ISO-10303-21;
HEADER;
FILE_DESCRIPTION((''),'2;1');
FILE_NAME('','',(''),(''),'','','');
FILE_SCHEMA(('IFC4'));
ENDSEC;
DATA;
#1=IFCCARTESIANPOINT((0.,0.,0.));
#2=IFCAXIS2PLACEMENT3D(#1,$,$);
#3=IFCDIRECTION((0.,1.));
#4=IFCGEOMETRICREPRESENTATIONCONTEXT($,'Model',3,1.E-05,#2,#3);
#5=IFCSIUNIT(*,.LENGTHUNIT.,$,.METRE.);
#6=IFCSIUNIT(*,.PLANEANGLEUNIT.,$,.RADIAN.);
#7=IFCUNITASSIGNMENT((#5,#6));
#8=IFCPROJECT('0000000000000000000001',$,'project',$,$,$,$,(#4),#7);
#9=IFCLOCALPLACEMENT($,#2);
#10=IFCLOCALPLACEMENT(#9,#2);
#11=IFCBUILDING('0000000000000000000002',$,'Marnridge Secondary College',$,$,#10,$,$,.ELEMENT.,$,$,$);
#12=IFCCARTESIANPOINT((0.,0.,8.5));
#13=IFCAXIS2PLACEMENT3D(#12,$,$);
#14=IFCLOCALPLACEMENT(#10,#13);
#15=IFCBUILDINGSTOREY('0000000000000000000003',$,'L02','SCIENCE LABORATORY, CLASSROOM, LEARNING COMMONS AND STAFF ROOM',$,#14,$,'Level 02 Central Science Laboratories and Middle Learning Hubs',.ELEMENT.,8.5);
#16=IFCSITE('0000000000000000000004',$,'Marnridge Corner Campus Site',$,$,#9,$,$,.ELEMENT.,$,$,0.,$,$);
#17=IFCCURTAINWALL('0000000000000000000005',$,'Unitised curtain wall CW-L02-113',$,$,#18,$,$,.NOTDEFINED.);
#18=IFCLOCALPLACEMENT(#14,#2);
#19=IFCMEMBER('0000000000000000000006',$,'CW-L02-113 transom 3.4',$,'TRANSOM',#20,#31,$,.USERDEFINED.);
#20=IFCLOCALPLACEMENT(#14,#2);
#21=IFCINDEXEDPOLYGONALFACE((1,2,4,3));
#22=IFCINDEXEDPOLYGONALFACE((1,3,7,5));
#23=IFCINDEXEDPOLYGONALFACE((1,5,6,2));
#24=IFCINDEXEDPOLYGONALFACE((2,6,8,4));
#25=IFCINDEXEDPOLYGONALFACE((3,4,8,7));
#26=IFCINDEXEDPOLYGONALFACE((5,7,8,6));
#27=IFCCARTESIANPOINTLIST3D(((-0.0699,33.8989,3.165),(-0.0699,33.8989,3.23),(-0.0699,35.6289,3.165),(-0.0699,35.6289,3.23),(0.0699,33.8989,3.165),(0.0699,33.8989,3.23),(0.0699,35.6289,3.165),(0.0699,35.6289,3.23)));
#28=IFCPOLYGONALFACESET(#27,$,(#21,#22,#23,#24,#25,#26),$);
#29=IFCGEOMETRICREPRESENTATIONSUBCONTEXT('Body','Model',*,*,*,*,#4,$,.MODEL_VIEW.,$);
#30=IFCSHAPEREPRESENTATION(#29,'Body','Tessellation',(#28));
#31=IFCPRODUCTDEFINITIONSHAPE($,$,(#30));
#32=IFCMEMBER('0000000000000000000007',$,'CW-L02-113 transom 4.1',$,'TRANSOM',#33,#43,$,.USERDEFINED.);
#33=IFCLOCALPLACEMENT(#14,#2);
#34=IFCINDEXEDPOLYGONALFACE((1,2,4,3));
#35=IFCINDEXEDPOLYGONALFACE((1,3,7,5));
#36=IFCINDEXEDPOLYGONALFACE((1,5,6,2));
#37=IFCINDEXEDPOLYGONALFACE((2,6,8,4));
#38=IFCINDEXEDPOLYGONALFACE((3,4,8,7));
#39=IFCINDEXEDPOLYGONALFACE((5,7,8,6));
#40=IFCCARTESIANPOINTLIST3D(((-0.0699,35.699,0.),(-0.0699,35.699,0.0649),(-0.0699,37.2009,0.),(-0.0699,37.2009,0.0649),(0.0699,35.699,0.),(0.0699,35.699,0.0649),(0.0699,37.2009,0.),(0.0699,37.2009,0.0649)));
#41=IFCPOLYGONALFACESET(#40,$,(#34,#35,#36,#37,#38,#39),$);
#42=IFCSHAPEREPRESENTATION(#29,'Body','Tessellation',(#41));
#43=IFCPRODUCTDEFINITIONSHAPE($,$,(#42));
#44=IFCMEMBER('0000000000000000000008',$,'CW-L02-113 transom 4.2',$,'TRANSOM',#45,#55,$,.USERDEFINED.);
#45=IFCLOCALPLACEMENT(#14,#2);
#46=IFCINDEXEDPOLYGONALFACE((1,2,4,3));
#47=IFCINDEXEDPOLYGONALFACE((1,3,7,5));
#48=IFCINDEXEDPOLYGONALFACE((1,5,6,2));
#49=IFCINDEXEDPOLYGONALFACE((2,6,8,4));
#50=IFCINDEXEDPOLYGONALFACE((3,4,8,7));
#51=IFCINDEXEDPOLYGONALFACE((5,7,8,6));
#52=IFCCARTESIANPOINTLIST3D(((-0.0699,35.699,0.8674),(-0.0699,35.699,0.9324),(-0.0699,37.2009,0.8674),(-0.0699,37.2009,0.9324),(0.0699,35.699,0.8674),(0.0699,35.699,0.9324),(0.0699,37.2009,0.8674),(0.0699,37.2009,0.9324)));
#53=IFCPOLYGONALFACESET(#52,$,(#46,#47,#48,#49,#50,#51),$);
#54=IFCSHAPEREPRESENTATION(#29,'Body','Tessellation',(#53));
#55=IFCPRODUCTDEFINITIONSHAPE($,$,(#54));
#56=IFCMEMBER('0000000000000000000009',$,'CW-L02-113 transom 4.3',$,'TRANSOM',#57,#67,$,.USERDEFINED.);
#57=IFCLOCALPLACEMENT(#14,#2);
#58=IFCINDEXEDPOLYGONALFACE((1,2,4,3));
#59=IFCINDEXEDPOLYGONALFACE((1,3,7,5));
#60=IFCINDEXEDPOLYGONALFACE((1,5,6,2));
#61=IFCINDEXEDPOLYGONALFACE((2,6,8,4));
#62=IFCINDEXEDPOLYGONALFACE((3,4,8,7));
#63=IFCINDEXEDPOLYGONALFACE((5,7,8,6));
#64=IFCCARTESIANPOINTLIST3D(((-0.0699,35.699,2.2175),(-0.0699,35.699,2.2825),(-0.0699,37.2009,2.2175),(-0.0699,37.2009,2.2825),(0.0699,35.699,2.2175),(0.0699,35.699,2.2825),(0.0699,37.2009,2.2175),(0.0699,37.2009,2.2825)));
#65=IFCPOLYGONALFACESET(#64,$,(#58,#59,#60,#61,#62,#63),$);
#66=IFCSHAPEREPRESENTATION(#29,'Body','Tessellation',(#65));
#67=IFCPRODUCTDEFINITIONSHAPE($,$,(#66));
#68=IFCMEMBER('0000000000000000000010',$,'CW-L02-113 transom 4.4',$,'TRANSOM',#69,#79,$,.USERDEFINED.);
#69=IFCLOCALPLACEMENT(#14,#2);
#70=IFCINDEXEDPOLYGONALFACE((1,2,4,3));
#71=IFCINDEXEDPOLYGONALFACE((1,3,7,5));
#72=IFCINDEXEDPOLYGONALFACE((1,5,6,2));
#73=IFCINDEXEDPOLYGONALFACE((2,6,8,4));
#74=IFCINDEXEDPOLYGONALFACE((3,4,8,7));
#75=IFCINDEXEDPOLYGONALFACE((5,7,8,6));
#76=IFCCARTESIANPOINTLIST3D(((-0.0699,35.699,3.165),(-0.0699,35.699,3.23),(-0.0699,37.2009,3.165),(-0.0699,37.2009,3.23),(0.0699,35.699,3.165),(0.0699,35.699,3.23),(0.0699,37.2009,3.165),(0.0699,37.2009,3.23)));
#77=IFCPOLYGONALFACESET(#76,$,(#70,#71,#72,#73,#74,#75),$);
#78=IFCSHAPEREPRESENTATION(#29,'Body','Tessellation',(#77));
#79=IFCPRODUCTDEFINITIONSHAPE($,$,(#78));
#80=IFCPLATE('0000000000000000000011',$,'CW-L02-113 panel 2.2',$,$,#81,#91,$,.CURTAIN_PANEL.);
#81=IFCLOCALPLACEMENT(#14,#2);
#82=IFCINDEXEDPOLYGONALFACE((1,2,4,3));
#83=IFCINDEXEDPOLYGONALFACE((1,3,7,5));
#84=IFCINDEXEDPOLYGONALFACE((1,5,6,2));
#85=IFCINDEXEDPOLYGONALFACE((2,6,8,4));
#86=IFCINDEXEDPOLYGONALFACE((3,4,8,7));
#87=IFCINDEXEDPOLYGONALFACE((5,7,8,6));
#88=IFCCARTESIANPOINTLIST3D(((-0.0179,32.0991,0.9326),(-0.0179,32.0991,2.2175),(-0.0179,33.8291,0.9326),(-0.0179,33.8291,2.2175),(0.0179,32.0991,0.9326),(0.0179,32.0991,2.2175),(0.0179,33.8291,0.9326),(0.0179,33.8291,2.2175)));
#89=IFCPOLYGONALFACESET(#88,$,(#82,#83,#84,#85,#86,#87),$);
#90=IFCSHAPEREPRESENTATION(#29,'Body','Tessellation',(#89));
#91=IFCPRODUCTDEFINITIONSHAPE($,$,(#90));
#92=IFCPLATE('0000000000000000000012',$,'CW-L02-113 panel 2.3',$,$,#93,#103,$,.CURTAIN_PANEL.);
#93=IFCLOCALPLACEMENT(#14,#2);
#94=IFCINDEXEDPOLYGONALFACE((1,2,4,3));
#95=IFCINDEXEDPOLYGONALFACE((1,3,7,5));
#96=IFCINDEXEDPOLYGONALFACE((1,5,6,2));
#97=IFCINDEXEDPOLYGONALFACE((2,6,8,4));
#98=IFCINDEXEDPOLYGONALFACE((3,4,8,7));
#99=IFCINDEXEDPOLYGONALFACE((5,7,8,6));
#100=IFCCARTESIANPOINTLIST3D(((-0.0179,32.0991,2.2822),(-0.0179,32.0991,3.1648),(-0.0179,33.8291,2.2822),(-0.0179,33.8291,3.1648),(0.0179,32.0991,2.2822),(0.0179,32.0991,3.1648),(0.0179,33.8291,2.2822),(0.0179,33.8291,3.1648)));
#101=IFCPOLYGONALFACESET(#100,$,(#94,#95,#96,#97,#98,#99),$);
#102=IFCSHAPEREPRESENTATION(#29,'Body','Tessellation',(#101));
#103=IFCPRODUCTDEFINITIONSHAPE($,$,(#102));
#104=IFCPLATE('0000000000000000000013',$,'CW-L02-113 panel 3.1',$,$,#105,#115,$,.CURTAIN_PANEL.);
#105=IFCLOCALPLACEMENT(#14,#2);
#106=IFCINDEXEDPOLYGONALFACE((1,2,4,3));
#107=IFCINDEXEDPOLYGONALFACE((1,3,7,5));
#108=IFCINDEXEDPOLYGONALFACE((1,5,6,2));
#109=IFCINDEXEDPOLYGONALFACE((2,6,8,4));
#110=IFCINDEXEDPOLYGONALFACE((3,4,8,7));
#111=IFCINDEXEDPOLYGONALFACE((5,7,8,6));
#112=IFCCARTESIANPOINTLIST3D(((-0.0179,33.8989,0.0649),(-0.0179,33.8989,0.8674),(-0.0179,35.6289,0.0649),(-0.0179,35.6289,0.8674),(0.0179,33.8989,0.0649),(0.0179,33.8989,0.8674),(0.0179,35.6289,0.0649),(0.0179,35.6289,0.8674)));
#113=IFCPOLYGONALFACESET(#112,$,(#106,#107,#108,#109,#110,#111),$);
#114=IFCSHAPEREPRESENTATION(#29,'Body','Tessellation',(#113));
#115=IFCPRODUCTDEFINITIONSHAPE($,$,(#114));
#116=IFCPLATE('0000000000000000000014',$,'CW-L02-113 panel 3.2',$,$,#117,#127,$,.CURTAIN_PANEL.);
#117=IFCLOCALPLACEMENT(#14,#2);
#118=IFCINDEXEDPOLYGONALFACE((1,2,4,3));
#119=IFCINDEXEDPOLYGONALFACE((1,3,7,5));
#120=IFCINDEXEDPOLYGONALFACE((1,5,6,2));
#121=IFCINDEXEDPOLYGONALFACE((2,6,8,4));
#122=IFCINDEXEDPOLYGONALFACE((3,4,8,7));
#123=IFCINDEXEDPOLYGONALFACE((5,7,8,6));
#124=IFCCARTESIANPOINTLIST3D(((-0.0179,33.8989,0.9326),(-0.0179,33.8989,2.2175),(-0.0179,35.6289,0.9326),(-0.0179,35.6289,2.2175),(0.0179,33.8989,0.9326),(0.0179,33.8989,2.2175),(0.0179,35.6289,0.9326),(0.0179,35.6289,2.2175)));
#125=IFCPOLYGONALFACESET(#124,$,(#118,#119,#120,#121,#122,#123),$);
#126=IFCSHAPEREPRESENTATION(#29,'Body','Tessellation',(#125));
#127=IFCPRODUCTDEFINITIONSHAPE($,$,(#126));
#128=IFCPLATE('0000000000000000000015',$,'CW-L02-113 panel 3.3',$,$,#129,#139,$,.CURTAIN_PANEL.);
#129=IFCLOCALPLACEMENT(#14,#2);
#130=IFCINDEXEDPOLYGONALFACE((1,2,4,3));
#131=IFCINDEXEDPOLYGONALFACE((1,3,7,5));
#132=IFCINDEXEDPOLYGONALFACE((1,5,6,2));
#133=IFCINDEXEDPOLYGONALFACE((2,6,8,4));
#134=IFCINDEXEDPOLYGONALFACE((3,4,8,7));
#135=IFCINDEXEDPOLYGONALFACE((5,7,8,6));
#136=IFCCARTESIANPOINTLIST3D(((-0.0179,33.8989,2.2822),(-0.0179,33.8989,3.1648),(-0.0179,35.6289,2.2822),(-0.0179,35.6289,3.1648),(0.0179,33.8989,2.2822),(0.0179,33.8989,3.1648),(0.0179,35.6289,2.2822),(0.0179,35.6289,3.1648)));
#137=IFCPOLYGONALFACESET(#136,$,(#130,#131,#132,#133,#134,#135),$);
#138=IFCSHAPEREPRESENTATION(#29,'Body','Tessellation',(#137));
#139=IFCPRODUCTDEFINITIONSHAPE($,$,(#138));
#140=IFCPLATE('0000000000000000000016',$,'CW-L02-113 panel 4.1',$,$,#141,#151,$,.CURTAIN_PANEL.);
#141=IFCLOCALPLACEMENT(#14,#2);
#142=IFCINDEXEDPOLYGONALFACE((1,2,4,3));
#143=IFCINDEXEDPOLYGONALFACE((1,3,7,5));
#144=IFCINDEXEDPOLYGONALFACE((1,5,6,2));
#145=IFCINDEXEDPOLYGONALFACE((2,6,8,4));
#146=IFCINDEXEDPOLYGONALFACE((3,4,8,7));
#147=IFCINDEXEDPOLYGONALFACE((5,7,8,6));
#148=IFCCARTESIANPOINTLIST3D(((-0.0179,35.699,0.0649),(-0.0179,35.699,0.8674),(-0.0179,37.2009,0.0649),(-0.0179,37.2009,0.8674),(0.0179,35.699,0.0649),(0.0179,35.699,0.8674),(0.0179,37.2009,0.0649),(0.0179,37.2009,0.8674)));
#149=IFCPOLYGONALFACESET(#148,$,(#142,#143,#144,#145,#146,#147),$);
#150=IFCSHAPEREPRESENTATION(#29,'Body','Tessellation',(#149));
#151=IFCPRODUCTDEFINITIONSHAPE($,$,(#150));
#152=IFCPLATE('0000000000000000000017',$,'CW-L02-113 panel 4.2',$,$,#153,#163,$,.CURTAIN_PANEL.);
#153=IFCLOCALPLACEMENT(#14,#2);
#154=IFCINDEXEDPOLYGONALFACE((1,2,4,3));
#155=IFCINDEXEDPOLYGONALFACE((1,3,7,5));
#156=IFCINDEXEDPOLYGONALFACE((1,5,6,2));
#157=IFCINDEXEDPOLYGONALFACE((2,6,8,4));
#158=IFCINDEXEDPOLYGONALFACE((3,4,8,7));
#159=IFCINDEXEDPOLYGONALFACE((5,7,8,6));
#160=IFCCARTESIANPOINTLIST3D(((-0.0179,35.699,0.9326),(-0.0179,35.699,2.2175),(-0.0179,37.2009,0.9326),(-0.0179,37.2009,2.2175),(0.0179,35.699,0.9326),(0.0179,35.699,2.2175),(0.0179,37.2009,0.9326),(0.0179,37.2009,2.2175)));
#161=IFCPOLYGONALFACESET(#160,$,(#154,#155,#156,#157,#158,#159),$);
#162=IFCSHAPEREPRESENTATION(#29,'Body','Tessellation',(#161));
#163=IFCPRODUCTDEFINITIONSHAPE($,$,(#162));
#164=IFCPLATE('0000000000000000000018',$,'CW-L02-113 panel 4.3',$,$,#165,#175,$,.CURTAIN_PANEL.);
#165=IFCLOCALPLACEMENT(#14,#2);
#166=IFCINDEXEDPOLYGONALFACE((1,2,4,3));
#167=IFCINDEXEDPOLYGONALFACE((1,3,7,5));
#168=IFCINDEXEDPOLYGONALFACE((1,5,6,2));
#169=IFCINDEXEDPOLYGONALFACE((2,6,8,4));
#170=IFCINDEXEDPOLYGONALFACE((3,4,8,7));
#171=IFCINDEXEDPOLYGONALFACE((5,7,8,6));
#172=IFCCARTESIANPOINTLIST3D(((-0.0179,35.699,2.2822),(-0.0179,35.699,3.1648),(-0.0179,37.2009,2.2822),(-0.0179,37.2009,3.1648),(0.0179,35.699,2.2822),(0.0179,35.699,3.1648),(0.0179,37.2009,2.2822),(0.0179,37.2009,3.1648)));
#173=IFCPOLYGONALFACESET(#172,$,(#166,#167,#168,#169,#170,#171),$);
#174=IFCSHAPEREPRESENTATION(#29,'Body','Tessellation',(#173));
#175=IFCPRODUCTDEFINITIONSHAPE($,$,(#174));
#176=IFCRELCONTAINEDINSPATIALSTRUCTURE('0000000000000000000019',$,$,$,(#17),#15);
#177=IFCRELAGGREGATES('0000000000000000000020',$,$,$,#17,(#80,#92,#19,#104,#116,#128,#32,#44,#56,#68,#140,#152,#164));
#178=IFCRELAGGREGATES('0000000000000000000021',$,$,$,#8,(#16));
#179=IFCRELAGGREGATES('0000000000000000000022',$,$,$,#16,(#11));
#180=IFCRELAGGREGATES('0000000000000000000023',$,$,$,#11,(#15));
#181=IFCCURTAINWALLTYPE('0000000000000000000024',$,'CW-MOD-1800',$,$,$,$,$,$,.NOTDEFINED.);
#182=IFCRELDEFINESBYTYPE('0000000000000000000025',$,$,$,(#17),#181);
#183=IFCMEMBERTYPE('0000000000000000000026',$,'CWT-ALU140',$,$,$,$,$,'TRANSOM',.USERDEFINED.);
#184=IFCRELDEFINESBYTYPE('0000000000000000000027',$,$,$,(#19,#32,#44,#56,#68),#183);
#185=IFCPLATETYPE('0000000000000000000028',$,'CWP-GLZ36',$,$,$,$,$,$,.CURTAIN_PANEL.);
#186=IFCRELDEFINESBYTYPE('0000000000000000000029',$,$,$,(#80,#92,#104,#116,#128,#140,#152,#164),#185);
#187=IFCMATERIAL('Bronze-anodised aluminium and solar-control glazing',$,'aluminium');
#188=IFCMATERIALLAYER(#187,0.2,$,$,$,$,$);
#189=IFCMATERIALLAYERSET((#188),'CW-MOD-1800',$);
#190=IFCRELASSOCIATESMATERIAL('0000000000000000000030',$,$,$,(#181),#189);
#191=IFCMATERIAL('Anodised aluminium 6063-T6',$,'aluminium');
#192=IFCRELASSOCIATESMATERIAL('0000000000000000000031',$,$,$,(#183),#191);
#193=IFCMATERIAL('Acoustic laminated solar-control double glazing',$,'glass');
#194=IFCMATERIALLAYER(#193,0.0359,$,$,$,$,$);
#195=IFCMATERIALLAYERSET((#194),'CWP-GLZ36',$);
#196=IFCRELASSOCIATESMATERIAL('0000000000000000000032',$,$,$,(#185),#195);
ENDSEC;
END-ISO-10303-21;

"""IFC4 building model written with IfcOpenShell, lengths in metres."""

from ifc_helpers import new_model, si_unit, direction, frame, origin, origin_2d, place, context, subcontext, project, spatial, rectangle, extrude, material, layer, layer_set, material_profile, profile_set, type_object, element, aggregate, save


model = new_model("IFC4")

# Units and contexts
model_context = context("Model", 3, precision=1e-05, world=origin(), true_north=direction((0.0, 1.0)))
body_context = subcontext(model_context, "Body", "Model", "MODEL_VIEW")
ifc_project = project(units=[si_unit("LENGTHUNIT", "METRE"), si_unit("PLANEANGLEUNIT", "RADIAN")], contexts=[model_context])

# Site, building, storey
site_placement = place(None, origin())
site = spatial("IfcSite", under=ifc_project, at=site_placement, Name="Marnridge Corner Campus Site", CompositionType="ELEMENT", RefElevation=0.0)
building_placement = place(site_placement, origin())
building = spatial("IfcBuilding", under=site, at=building_placement, Name="Marnridge Secondary College", CompositionType="ELEMENT")
storey_placement = place(building_placement, frame((0.0, 0.0, 8.5)))
storey = spatial("IfcBuildingStorey", under=building, at=storey_placement, Name="L02", Description="SCIENCE LABORATORY, CLASSROOM, LEARNING COMMONS AND STAFF ROOM", LongName="Level 02 Central Science Laboratories and Middle Learning Hubs", CompositionType="ELEMENT", Elevation=8.5)

# Shared definitions
ifc_material_1 = material(Name="Bronze-anodised aluminium and solar-control glazing", Category="aluminium")
ifc_layer_1 = layer(ifc_material_1, 0.2)
ifc_layer_set_1 = layer_set([ifc_layer_1], Name="CW-MOD-1800")
curtain_wall_type = type_object("IfcCurtainWallType", Name="CW-MOD-1800", PredefinedType="NOTDEFINED", material=ifc_layer_set_1)

# Curtain wall
curtain_wall_1_placement = place(storey_placement, origin())
curtain_wall_1 = element("IfcCurtainWall", 1, at=curtain_wall_1_placement, inside=storey, type_object=curtain_wall_type, Name="Unitised curtain wall CW-L02-113", PredefinedType="NOTDEFINED")

# Members
ifc_material_2 = material(Name="Anodised aluminium 6063-T6", Category="aluminium")
ifc_material_profile_1 = material_profile(ifc_material_2, rectangle(XDim=0.0649, YDim=0.1399, at=origin_2d()), Name="ALU 65x140")
ifc_profile_set_1 = profile_set([ifc_material_profile_1], Name="Anodised aluminium 6063-T6")
member_type_1 = type_object("IfcMemberType", Name="CWT-ALU140", ElementType="TRANSOM", PredefinedType="USERDEFINED", material=ifc_profile_set_1)
member_1_placement = place(storey_placement, frame((0.0, 33.8989, 3.1975), z_axis=(0.0, 1.0, 0.0), x_axis=(0.0, 0.0, 1.0)))
member_1 = element("IfcMember", 2, at=member_1_placement, type_object=member_type_1, Name="CW-L02-113 transom 3.4", ObjectType="TRANSOM", PredefinedType="USERDEFINED", context=body_context, shape_type="SweptSolid", body=[
    extrude(rectangle(XDim=0.0649, YDim=0.1399, at=origin_2d()), origin(), (0.0, 0.0, 1.0), 1.73),
])
member_2_placement = place(storey_placement, frame((0.0, 35.699, 0.0325), z_axis=(0.0, 1.0, 0.0), x_axis=(0.0, 0.0, 1.0)))
member_2 = element("IfcMember", 3, at=member_2_placement, type_object=member_type_1, Name="CW-L02-113 transom 4.1", ObjectType="TRANSOM", PredefinedType="USERDEFINED", context=body_context, shape_type="SweptSolid", body=[
    extrude(rectangle(XDim=0.0649, YDim=0.1399, at=origin_2d()), origin(), (0.0, 0.0, 1.0), 1.502),
])
member_3_placement = place(storey_placement, frame((0.0, 35.699, 0.8999), z_axis=(0.0, 1.0, 0.0), x_axis=(0.0, 0.0, 1.0)))
member_3 = element("IfcMember", 4, at=member_3_placement, type_object=member_type_1, Name="CW-L02-113 transom 4.2", ObjectType="TRANSOM", PredefinedType="USERDEFINED", context=body_context, shape_type="SweptSolid", body=[
    extrude(rectangle(XDim=0.0649, YDim=0.1399, at=origin_2d()), origin(), (0.0, 0.0, 1.0), 1.502),
])
member_4_placement = place(storey_placement, frame((0.0, 35.699, 2.25), z_axis=(0.0, 1.0, 0.0), x_axis=(0.0, 0.0, 1.0)))
member_4 = element("IfcMember", 5, at=member_4_placement, type_object=member_type_1, Name="CW-L02-113 transom 4.3", ObjectType="TRANSOM", PredefinedType="USERDEFINED", context=body_context, shape_type="SweptSolid", body=[
    extrude(rectangle(XDim=0.0649, YDim=0.1399, at=origin_2d()), origin(), (0.0, 0.0, 1.0), 1.502),
])
member_5_placement = place(storey_placement, frame((0.0, 35.699, 3.1975), z_axis=(0.0, 1.0, 0.0), x_axis=(0.0, 0.0, 1.0)))
member_5 = element("IfcMember", 6, at=member_5_placement, type_object=member_type_1, Name="CW-L02-113 transom 4.4", ObjectType="TRANSOM", PredefinedType="USERDEFINED", context=body_context, shape_type="SweptSolid", body=[
    extrude(rectangle(XDim=0.0649, YDim=0.1399, at=origin_2d()), origin(), (0.0, 0.0, 1.0), 1.502),
])

# Plates
ifc_material_3 = material(Name="Acoustic laminated solar-control double glazing", Category="glass")
ifc_layer_2 = layer(ifc_material_3, 0.0359)
ifc_layer_set_2 = layer_set([ifc_layer_2], Name="CWP-GLZ36")
plate_type = type_object("IfcPlateType", Name="CWP-GLZ36", PredefinedType="CURTAIN_PANEL", material=ifc_layer_set_2)
plate_1_placement = place(storey_placement, frame((0.0, 32.9641, 0.9326), z_axis=(0.0, 0.0, 1.0), x_axis=(0.0, 1.0, 0.0)))
plate_1 = element("IfcPlate", 7, at=plate_1_placement, type_object=plate_type, Name="CW-L02-113 panel 2.2", PredefinedType="CURTAIN_PANEL", context=body_context, shape_type="SweptSolid", body=[
    extrude(rectangle(XDim=1.73, YDim=0.0359, at=origin_2d()), origin(), (0.0, 0.0, 1.0), 1.2849),
])
plate_2_placement = place(storey_placement, frame((0.0, 32.9641, 2.2822), z_axis=(0.0, 0.0, 1.0), x_axis=(0.0, 1.0, 0.0)))
plate_2 = element("IfcPlate", 8, at=plate_2_placement, type_object=plate_type, Name="CW-L02-113 panel 2.3", PredefinedType="CURTAIN_PANEL", context=body_context, shape_type="SweptSolid", body=[
    extrude(rectangle(XDim=1.73, YDim=0.0359, at=origin_2d()), origin(), (0.0, 0.0, 1.0), 0.8826),
])
plate_3_placement = place(storey_placement, frame((0.0, 34.7639, 0.0649), z_axis=(0.0, 0.0, 1.0), x_axis=(0.0, 1.0, 0.0)))
plate_3 = element("IfcPlate", 9, at=plate_3_placement, type_object=plate_type, Name="CW-L02-113 panel 3.1", PredefinedType="CURTAIN_PANEL", context=body_context, shape_type="SweptSolid", body=[
    extrude(rectangle(XDim=1.73, YDim=0.0359, at=origin_2d()), origin(), (0.0, 0.0, 1.0), 0.8025),
])
plate_4_placement = place(storey_placement, frame((0.0, 34.7639, 0.9326), z_axis=(0.0, 0.0, 1.0), x_axis=(0.0, 1.0, 0.0)))
plate_4 = element("IfcPlate", 10, at=plate_4_placement, type_object=plate_type, Name="CW-L02-113 panel 3.2", PredefinedType="CURTAIN_PANEL", context=body_context, shape_type="SweptSolid", body=[
    extrude(rectangle(XDim=1.73, YDim=0.0359, at=origin_2d()), origin(), (0.0, 0.0, 1.0), 1.2849),
])
plate_5_placement = place(storey_placement, frame((0.0, 34.7639, 2.2822), z_axis=(0.0, 0.0, 1.0), x_axis=(0.0, 1.0, 0.0)))
plate_5 = element("IfcPlate", 11, at=plate_5_placement, type_object=plate_type, Name="CW-L02-113 panel 3.3", PredefinedType="CURTAIN_PANEL", context=body_context, shape_type="SweptSolid", body=[
    extrude(rectangle(XDim=1.73, YDim=0.0359, at=origin_2d()), origin(), (0.0, 0.0, 1.0), 0.8826),
])
plate_6_placement = place(storey_placement, frame((0.0, 36.45, 0.0649), z_axis=(0.0, 0.0, 1.0), x_axis=(0.0, 1.0, 0.0)))
plate_6 = element("IfcPlate", 12, at=plate_6_placement, type_object=plate_type, Name="CW-L02-113 panel 4.1", PredefinedType="CURTAIN_PANEL", context=body_context, shape_type="SweptSolid", body=[
    extrude(rectangle(XDim=1.502, YDim=0.0359, at=origin_2d()), origin(), (0.0, 0.0, 1.0), 0.8025),
])
plate_7_placement = place(storey_placement, frame((0.0, 36.45, 0.9326), z_axis=(0.0, 0.0, 1.0), x_axis=(0.0, 1.0, 0.0)))
plate_7 = element("IfcPlate", 13, at=plate_7_placement, type_object=plate_type, Name="CW-L02-113 panel 4.2", PredefinedType="CURTAIN_PANEL", context=body_context, shape_type="SweptSolid", body=[
    extrude(rectangle(XDim=1.502, YDim=0.0359, at=origin_2d()), origin(), (0.0, 0.0, 1.0), 1.2849),
])
plate_8_placement = place(storey_placement, frame((0.0, 36.45, 2.2822), z_axis=(0.0, 0.0, 1.0), x_axis=(0.0, 1.0, 0.0)))
plate_8 = element("IfcPlate", 14, at=plate_8_placement, type_object=plate_type, Name="CW-L02-113 panel 4.3", PredefinedType="CURTAIN_PANEL", context=body_context, shape_type="SweptSolid", body=[
    extrude(rectangle(XDim=1.502, YDim=0.0359, at=origin_2d()), origin(), (0.0, 0.0, 1.0), 0.8826),
])
aggregate(curtain_wall_1, [plate_1, plate_2, member_1, plate_3, plate_4, plate_5, member_2, member_3, member_4, member_5, plate_6, plate_7, plate_8])

save(model, "model.ifc")
